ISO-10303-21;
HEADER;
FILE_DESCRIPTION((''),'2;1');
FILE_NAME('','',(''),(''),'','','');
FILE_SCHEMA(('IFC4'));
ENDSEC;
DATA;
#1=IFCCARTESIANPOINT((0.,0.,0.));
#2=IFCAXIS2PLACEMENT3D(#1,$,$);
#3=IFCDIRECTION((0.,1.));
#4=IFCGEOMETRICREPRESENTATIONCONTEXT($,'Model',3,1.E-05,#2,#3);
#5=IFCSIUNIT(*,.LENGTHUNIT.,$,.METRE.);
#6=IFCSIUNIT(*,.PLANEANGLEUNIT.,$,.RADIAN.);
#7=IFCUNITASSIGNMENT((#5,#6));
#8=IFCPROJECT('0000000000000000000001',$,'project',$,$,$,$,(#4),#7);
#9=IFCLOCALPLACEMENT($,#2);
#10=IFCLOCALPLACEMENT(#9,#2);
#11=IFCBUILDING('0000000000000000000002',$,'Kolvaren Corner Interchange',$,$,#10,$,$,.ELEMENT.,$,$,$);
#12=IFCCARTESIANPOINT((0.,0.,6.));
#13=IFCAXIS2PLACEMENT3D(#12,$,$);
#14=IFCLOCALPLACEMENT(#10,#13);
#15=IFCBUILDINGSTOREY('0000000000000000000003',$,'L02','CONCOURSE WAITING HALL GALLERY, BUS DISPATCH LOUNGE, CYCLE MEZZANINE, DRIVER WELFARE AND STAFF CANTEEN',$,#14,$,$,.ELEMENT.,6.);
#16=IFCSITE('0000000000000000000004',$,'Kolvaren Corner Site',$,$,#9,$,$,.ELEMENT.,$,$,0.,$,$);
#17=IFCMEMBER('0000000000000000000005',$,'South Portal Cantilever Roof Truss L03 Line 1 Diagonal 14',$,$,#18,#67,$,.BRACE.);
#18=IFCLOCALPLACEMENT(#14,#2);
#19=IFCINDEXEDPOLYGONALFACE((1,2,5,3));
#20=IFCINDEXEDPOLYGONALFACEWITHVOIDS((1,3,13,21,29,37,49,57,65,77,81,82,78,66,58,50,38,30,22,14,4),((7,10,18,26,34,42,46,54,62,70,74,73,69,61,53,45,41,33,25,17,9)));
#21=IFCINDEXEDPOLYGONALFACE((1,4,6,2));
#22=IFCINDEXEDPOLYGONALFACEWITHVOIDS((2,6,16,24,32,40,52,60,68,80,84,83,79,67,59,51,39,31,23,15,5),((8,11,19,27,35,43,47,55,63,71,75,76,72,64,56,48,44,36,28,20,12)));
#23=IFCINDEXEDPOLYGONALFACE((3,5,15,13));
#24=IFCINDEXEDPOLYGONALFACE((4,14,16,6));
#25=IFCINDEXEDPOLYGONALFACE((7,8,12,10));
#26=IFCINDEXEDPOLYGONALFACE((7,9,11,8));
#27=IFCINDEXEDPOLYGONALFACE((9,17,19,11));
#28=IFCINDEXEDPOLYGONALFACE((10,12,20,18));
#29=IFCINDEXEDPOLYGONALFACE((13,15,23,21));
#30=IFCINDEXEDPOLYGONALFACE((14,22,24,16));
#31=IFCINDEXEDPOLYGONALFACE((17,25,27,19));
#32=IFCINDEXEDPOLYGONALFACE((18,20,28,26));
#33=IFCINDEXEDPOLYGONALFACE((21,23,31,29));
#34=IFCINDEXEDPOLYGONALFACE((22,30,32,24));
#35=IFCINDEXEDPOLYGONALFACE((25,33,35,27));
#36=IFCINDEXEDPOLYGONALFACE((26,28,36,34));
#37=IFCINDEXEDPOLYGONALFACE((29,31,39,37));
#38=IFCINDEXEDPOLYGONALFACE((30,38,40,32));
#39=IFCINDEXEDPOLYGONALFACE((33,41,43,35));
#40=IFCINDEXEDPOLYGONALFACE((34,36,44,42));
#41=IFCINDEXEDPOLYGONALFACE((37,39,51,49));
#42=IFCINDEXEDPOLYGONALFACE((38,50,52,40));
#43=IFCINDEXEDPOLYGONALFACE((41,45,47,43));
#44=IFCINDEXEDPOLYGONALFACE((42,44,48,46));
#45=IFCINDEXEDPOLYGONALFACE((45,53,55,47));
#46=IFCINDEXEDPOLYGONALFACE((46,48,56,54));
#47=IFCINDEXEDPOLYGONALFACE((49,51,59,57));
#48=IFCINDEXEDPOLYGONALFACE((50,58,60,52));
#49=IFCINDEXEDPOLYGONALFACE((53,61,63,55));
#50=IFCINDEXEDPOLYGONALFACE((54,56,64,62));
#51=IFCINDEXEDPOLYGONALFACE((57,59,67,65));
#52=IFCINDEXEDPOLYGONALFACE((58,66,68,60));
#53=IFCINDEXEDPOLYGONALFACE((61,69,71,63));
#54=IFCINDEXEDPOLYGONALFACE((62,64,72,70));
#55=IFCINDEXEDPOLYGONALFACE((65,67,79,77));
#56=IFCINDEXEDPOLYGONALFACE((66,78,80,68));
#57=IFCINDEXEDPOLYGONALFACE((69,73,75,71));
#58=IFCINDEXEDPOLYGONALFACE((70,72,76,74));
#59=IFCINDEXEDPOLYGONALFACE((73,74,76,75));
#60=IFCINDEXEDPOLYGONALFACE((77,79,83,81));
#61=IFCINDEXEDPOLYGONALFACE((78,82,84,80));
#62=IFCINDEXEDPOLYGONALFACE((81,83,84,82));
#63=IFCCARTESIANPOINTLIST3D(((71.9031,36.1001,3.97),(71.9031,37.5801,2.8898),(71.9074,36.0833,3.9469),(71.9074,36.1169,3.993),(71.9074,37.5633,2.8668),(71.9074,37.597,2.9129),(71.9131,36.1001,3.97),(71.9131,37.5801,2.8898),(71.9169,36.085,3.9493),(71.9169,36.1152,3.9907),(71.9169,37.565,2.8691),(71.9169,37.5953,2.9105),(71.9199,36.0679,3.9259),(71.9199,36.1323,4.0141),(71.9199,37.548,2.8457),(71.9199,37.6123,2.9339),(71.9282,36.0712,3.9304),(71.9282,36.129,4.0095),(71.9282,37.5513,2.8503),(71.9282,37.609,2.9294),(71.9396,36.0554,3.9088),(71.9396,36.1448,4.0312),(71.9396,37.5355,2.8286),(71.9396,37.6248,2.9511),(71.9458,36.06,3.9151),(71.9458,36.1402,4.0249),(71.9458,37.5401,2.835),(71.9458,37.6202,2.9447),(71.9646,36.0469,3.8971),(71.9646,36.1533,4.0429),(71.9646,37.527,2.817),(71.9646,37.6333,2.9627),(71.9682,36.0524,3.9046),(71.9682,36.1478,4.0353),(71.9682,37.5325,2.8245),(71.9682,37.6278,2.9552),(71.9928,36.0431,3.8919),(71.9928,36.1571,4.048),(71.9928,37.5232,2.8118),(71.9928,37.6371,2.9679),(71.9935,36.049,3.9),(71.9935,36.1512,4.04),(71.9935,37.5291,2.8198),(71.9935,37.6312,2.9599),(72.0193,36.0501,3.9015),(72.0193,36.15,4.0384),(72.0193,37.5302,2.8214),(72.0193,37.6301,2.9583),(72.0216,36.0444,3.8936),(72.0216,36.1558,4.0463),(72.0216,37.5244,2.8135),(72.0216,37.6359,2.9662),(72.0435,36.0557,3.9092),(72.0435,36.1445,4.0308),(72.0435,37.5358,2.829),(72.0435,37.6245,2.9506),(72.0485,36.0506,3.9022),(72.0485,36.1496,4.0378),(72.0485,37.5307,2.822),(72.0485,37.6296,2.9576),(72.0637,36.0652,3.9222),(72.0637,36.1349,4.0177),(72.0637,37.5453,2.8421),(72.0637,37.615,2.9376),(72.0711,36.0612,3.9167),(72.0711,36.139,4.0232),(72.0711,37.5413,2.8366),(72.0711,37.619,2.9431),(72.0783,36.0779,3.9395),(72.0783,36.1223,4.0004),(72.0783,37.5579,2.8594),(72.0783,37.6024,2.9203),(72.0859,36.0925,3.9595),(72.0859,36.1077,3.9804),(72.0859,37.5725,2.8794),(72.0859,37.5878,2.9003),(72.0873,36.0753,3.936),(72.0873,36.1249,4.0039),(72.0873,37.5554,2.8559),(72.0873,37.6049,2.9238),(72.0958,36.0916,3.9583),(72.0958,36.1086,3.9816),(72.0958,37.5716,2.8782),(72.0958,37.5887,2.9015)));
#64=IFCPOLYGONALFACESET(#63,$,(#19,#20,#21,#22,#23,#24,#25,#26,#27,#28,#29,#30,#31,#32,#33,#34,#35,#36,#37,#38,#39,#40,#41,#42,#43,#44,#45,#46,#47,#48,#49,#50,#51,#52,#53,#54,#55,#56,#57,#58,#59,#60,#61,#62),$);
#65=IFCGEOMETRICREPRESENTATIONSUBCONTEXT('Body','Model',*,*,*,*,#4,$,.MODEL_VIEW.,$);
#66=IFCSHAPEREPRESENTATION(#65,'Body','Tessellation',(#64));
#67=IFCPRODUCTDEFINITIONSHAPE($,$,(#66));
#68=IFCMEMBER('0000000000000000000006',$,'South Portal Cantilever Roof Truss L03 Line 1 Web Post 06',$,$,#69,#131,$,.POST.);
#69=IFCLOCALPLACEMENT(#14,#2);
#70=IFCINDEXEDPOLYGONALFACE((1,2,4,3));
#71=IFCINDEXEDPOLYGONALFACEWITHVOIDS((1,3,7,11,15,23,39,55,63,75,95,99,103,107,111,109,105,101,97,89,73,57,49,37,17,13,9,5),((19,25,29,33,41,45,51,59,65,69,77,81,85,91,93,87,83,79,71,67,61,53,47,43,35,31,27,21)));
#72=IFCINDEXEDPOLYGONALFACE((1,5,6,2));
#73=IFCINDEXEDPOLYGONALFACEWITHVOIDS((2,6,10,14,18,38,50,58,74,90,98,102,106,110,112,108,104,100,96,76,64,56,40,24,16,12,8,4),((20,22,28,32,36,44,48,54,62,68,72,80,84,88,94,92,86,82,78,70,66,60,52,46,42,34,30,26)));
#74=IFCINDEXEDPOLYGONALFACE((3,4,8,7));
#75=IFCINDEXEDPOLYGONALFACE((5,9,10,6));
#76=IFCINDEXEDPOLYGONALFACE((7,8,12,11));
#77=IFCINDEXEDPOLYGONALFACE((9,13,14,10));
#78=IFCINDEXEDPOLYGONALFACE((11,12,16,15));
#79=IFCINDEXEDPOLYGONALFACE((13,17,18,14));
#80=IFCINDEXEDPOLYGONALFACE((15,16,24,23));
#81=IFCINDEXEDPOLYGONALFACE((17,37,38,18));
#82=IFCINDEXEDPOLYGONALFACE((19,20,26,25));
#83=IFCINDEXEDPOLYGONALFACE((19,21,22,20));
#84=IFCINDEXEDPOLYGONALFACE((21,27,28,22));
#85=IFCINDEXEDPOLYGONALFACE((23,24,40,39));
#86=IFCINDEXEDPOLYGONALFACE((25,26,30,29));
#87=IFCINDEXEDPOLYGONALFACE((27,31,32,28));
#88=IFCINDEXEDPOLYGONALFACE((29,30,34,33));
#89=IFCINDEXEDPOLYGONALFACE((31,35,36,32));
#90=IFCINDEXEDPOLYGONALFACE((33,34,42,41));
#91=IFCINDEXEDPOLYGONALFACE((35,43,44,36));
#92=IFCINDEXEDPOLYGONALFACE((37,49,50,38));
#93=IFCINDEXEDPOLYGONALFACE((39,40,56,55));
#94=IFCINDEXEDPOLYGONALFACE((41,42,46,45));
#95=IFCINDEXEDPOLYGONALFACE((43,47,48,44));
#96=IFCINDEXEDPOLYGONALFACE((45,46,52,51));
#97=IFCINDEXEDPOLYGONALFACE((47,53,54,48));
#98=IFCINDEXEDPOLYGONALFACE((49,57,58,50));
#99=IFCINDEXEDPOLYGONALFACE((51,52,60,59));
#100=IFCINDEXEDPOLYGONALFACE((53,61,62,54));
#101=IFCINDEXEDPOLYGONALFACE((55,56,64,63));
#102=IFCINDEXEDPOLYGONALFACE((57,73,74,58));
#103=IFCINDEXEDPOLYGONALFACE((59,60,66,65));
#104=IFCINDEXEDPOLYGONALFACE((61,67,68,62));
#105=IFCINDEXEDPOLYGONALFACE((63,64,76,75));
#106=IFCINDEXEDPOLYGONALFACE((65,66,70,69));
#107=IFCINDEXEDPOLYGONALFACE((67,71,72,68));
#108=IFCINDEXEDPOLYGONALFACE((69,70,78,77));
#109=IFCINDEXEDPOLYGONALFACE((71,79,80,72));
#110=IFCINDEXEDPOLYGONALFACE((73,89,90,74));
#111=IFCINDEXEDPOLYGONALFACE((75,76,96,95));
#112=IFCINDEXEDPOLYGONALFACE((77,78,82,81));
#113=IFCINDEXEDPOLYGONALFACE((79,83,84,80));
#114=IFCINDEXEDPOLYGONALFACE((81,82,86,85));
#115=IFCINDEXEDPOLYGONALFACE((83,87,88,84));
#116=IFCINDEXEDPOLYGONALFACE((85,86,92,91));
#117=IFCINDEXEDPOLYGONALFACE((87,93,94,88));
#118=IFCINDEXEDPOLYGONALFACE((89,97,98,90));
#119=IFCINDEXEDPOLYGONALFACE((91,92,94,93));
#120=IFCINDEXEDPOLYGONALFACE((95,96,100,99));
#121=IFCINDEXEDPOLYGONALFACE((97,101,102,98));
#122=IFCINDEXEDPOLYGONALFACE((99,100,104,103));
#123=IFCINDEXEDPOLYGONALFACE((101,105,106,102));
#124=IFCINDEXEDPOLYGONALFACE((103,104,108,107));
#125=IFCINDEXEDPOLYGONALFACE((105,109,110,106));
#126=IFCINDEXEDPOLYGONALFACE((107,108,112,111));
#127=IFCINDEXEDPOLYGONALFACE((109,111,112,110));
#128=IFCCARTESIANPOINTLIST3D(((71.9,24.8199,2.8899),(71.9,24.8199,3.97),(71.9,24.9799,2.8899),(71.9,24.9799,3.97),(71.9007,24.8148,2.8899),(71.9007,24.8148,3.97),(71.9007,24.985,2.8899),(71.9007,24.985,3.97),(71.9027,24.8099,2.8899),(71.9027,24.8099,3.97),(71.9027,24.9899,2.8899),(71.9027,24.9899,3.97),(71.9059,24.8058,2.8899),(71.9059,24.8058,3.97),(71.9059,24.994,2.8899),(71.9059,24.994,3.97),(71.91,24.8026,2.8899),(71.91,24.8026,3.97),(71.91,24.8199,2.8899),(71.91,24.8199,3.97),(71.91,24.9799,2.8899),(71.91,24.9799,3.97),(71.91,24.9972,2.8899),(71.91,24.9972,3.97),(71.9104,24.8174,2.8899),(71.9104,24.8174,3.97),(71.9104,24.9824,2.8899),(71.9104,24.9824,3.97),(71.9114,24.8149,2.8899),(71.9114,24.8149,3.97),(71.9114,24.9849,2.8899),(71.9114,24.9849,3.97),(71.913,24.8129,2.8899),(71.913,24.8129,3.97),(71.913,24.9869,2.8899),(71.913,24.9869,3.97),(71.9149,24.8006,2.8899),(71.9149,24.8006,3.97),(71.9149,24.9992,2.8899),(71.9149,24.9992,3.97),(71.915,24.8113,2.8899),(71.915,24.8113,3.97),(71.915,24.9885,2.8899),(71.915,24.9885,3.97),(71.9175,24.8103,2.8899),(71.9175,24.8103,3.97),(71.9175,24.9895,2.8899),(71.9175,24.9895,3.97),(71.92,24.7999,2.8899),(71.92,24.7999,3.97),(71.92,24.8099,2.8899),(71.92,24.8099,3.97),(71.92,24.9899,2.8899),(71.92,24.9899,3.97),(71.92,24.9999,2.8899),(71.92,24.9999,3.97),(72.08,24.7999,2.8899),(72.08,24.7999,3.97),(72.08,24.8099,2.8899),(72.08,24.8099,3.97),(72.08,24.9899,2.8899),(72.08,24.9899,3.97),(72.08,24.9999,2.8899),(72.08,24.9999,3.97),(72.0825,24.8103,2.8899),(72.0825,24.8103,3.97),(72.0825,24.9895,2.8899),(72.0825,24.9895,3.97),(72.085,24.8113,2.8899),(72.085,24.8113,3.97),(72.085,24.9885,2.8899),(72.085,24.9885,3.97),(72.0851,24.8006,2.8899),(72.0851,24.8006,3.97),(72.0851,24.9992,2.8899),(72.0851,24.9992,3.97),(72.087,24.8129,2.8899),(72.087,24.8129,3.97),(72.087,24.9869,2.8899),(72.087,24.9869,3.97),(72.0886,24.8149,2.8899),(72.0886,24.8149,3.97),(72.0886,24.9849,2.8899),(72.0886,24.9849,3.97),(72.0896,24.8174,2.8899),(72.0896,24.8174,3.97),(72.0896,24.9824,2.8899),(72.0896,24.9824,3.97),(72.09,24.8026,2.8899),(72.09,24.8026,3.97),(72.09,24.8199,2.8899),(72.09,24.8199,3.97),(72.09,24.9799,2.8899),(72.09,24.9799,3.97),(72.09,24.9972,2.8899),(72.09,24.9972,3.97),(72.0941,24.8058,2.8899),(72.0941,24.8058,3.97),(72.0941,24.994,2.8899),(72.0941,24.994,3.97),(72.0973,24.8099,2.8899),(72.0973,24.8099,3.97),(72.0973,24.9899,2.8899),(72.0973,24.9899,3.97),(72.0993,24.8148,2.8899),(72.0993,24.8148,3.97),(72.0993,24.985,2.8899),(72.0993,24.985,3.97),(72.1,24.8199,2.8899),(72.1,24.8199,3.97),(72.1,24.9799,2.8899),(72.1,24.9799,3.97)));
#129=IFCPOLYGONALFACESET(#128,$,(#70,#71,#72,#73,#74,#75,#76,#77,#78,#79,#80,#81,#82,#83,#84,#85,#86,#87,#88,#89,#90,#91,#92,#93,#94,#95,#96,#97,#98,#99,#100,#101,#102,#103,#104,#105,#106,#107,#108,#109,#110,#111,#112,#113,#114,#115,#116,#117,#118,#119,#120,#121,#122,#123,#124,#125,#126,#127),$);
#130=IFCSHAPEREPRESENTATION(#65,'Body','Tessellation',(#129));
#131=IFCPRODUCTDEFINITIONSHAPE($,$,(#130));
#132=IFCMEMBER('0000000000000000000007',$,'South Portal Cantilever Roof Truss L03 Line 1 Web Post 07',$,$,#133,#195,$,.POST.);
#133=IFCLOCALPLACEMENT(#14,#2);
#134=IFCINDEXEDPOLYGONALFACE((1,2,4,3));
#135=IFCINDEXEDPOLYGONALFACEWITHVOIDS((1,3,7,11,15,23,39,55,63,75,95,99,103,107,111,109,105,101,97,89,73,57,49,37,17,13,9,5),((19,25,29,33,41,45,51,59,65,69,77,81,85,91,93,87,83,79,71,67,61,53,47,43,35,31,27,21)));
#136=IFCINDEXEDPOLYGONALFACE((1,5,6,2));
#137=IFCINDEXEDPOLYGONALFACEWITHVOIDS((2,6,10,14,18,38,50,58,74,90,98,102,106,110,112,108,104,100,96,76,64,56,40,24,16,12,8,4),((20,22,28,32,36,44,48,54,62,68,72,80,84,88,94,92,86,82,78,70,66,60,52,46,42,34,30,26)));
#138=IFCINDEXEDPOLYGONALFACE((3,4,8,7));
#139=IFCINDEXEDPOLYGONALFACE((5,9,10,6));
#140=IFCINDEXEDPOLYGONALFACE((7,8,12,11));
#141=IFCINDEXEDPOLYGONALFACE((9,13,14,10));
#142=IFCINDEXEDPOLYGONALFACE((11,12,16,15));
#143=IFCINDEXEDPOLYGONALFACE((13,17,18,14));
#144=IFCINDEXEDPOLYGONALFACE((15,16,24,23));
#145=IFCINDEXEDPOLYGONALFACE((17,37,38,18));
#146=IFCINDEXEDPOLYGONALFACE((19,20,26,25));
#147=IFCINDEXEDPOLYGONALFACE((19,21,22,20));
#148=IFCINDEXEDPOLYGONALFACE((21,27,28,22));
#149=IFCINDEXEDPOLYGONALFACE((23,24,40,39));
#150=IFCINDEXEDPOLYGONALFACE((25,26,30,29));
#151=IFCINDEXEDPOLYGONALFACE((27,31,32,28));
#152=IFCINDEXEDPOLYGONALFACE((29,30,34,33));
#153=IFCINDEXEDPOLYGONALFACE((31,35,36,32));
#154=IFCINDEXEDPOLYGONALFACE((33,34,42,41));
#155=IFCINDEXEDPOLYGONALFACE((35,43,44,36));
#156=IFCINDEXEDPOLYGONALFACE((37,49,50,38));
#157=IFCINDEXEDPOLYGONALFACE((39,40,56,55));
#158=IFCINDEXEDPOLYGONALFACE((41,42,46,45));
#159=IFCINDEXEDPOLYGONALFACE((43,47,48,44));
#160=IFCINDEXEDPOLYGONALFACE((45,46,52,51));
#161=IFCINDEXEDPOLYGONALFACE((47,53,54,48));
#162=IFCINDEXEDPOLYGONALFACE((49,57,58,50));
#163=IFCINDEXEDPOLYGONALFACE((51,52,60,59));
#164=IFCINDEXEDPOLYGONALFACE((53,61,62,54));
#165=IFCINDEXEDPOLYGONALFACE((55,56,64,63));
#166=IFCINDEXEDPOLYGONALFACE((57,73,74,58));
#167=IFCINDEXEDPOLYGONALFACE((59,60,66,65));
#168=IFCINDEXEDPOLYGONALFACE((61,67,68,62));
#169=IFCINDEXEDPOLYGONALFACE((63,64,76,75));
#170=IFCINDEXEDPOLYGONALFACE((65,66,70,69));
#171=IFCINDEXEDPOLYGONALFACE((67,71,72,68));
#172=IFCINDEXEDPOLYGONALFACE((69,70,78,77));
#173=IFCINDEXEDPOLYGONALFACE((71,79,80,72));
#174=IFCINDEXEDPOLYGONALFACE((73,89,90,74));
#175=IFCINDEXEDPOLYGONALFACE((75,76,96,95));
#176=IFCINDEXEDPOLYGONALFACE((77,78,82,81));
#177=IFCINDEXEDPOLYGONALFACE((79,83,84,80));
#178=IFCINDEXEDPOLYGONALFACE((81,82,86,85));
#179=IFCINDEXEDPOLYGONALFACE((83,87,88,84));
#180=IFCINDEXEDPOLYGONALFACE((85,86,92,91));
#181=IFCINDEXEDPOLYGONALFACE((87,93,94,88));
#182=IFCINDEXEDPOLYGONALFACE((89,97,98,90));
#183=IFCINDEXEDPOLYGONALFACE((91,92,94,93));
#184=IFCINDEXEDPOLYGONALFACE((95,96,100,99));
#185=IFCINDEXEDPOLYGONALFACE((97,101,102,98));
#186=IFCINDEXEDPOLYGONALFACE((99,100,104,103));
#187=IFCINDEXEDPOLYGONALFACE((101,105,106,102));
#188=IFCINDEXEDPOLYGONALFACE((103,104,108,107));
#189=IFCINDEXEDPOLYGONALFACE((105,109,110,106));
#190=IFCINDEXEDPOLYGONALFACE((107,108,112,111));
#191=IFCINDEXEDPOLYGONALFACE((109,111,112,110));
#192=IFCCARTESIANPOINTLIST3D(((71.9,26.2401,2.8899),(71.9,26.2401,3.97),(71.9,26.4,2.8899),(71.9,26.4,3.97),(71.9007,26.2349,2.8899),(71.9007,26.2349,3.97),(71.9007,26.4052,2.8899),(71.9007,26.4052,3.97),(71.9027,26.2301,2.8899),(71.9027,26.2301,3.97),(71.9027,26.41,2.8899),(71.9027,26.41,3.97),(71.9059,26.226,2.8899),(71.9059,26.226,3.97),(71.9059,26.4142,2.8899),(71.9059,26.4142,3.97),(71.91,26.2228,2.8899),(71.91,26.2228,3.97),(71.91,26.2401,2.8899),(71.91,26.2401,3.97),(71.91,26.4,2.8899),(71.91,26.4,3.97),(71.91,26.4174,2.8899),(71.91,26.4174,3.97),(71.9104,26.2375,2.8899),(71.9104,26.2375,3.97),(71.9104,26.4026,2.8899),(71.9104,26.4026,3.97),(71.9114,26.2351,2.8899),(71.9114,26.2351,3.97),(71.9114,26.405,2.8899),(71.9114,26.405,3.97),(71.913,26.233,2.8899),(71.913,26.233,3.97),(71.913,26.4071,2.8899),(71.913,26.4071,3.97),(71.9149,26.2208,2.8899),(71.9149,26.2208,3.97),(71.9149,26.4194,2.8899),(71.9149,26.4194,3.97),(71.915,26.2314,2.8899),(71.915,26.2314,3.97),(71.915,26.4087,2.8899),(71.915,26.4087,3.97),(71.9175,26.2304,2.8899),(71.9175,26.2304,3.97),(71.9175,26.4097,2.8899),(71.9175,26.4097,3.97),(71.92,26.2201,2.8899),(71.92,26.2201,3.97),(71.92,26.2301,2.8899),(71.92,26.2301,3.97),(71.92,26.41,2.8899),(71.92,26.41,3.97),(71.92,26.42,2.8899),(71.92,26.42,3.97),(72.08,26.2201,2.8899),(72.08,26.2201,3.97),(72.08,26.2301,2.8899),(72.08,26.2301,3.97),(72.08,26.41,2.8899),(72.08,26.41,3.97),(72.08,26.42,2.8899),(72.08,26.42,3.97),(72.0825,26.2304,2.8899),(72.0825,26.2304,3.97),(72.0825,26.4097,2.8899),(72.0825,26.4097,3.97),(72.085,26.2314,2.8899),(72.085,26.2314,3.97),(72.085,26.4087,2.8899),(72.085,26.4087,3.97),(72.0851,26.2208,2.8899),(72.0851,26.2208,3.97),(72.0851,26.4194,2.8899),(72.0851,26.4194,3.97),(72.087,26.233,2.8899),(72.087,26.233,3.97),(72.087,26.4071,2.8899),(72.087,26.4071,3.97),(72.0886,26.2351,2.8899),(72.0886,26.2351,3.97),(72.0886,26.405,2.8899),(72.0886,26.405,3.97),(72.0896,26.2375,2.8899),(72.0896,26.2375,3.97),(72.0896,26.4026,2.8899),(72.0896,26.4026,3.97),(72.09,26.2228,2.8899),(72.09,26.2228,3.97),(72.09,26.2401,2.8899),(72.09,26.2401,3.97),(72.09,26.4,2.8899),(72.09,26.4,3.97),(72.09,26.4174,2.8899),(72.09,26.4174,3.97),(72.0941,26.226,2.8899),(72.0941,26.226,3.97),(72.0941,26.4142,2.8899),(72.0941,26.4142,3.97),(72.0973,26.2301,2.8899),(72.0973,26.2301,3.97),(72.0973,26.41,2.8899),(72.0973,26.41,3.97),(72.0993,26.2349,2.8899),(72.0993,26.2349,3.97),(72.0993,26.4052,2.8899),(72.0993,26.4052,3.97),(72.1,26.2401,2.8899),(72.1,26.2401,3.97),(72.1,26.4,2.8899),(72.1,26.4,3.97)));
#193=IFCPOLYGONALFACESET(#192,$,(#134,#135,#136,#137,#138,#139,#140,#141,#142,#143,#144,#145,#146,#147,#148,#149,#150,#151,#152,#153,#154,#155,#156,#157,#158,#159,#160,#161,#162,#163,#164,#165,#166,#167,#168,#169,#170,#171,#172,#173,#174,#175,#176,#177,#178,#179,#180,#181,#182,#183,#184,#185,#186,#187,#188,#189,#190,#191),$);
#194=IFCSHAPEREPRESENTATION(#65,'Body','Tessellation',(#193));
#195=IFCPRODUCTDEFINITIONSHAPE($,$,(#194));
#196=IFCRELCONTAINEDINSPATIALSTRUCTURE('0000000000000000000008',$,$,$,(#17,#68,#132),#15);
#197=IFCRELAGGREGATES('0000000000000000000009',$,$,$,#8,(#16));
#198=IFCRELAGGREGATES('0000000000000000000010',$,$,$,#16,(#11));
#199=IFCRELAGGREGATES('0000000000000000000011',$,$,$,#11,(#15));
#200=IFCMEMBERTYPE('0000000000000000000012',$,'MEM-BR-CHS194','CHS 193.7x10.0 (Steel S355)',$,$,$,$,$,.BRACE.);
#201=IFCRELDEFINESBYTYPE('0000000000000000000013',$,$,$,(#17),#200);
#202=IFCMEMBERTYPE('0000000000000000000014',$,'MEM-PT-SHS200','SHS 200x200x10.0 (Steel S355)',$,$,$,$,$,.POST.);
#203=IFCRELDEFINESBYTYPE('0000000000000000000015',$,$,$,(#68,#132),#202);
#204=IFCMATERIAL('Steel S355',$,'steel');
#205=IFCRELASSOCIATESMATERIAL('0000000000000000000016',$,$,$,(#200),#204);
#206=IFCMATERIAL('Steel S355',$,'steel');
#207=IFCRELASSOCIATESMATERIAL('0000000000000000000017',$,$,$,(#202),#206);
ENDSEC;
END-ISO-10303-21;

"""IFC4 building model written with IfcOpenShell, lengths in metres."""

from ifc_helpers import new_model, si_unit, direction, frame, origin, origin_2d, place, context, subcontext, project, spatial, hollow_rectangle, hollow_circle, extrude, material, material_profile, profile_set, type_object, element, save


model = new_model("IFC4")

# Units and contexts
model_context = context("Model", 3, precision=1e-05, world=origin(), true_north=direction((0.0, 1.0)))
body_context = subcontext(model_context, "Body", "Model", "MODEL_VIEW")
ifc_project = project(units=[si_unit("LENGTHUNIT", "METRE"), si_unit("PLANEANGLEUNIT", "RADIAN")], contexts=[model_context])

# Site, building, storey
site_placement = place(None, origin())
site = spatial("IfcSite", under=ifc_project, at=site_placement, Name="Kolvaren Corner Site", CompositionType="ELEMENT", RefElevation=0.0)
building_placement = place(site_placement, origin())
building = spatial("IfcBuilding", under=site, at=building_placement, Name="Kolvaren Corner Interchange", CompositionType="ELEMENT")
storey_placement = place(building_placement, frame((0.0, 0.0, 6.0)))
storey = spatial("IfcBuildingStorey", under=building, at=storey_placement, Name="L02", Description="CONCOURSE WAITING HALL GALLERY, BUS DISPATCH LOUNGE, CYCLE MEZZANINE, DRIVER WELFARE AND STAFF CANTEEN", CompositionType="ELEMENT", Elevation=6.0)

# Members
ifc_material_1 = material(Name="Steel S355", Category="steel")
ifc_material_profile_1 = material_profile(ifc_material_1, hollow_circle(Radius=0.0969, WallThickness=0.01, at=origin_2d()), Name="CHS 193.7x10.0")
ifc_profile_set_1 = profile_set([ifc_material_profile_1], Name="Steel S355")
member_type_1 = type_object("IfcMemberType", Name="MEM-BR-CHS194", Description="CHS 193.7x10.0 (Steel S355)", PredefinedType="BRACE", material=ifc_profile_set_1)
for number, where, z_axis, x_axis, name in (
    (1, (72.0, 36.1001, 3.97), (0.0, 0.807767, -0.589502), (-1.0, 0.0, 0.0), "South Portal Cantilever Roof Truss L03 Line 1 Diagonal 14"),
):
    element("IfcMember", number, at=place(storey_placement, frame(where, z_axis=z_axis, x_axis=x_axis)), inside=storey, type_object=member_type_1, Name=name, PredefinedType="BRACE", context=body_context, shape_type="SweptSolid", body=[
        extrude(hollow_circle(Radius=0.0969, WallThickness=0.01, at=origin_2d()), origin(), (0.0, 0.0, 1.0), 1.8323),
    ])
ifc_material_2 = material(Name="Steel S355", Category="steel")
ifc_material_profile_2 = material_profile(ifc_material_2, hollow_rectangle(XDim=0.2, YDim=0.2, WallThickness=0.01, InnerFilletRadius=0.01, OuterFilletRadius=0.02, at=origin_2d()), Name="SHS 200x200x10.0")
ifc_profile_set_2 = profile_set([ifc_material_profile_2], Name="Steel S355")
member_type_2 = type_object("IfcMemberType", Name="MEM-PT-SHS200", Description="SHS 200x200x10.0 (Steel S355)", PredefinedType="POST", material=ifc_profile_set_2)
for number, where, z_axis, x_axis, name in (
    (2, (72.0, 24.8999, 2.8899), (0.0, 0.0, 1.0), (1.0, 0.0, 0.0), "South Portal Cantilever Roof Truss L03 Line 1 Web Post 06"),
    (3, (72.0, 26.3201, 2.8899), (0.0, 0.0, 1.0), (1.0, 0.0, 0.0), "South Portal Cantilever Roof Truss L03 Line 1 Web Post 07"),
):
    element("IfcMember", number, at=place(storey_placement, frame(where, z_axis=z_axis, x_axis=x_axis)), inside=storey, type_object=member_type_2, Name=name, PredefinedType="POST", context=body_context, shape_type="SweptSolid", body=[
        extrude(hollow_rectangle(XDim=0.2, YDim=0.2, WallThickness=0.01, InnerFilletRadius=0.01, OuterFilletRadius=0.02, at=origin_2d()), origin(), (0.0, 0.0, 1.0), 1.0801),
    ])

save(model, "model.ifc")
